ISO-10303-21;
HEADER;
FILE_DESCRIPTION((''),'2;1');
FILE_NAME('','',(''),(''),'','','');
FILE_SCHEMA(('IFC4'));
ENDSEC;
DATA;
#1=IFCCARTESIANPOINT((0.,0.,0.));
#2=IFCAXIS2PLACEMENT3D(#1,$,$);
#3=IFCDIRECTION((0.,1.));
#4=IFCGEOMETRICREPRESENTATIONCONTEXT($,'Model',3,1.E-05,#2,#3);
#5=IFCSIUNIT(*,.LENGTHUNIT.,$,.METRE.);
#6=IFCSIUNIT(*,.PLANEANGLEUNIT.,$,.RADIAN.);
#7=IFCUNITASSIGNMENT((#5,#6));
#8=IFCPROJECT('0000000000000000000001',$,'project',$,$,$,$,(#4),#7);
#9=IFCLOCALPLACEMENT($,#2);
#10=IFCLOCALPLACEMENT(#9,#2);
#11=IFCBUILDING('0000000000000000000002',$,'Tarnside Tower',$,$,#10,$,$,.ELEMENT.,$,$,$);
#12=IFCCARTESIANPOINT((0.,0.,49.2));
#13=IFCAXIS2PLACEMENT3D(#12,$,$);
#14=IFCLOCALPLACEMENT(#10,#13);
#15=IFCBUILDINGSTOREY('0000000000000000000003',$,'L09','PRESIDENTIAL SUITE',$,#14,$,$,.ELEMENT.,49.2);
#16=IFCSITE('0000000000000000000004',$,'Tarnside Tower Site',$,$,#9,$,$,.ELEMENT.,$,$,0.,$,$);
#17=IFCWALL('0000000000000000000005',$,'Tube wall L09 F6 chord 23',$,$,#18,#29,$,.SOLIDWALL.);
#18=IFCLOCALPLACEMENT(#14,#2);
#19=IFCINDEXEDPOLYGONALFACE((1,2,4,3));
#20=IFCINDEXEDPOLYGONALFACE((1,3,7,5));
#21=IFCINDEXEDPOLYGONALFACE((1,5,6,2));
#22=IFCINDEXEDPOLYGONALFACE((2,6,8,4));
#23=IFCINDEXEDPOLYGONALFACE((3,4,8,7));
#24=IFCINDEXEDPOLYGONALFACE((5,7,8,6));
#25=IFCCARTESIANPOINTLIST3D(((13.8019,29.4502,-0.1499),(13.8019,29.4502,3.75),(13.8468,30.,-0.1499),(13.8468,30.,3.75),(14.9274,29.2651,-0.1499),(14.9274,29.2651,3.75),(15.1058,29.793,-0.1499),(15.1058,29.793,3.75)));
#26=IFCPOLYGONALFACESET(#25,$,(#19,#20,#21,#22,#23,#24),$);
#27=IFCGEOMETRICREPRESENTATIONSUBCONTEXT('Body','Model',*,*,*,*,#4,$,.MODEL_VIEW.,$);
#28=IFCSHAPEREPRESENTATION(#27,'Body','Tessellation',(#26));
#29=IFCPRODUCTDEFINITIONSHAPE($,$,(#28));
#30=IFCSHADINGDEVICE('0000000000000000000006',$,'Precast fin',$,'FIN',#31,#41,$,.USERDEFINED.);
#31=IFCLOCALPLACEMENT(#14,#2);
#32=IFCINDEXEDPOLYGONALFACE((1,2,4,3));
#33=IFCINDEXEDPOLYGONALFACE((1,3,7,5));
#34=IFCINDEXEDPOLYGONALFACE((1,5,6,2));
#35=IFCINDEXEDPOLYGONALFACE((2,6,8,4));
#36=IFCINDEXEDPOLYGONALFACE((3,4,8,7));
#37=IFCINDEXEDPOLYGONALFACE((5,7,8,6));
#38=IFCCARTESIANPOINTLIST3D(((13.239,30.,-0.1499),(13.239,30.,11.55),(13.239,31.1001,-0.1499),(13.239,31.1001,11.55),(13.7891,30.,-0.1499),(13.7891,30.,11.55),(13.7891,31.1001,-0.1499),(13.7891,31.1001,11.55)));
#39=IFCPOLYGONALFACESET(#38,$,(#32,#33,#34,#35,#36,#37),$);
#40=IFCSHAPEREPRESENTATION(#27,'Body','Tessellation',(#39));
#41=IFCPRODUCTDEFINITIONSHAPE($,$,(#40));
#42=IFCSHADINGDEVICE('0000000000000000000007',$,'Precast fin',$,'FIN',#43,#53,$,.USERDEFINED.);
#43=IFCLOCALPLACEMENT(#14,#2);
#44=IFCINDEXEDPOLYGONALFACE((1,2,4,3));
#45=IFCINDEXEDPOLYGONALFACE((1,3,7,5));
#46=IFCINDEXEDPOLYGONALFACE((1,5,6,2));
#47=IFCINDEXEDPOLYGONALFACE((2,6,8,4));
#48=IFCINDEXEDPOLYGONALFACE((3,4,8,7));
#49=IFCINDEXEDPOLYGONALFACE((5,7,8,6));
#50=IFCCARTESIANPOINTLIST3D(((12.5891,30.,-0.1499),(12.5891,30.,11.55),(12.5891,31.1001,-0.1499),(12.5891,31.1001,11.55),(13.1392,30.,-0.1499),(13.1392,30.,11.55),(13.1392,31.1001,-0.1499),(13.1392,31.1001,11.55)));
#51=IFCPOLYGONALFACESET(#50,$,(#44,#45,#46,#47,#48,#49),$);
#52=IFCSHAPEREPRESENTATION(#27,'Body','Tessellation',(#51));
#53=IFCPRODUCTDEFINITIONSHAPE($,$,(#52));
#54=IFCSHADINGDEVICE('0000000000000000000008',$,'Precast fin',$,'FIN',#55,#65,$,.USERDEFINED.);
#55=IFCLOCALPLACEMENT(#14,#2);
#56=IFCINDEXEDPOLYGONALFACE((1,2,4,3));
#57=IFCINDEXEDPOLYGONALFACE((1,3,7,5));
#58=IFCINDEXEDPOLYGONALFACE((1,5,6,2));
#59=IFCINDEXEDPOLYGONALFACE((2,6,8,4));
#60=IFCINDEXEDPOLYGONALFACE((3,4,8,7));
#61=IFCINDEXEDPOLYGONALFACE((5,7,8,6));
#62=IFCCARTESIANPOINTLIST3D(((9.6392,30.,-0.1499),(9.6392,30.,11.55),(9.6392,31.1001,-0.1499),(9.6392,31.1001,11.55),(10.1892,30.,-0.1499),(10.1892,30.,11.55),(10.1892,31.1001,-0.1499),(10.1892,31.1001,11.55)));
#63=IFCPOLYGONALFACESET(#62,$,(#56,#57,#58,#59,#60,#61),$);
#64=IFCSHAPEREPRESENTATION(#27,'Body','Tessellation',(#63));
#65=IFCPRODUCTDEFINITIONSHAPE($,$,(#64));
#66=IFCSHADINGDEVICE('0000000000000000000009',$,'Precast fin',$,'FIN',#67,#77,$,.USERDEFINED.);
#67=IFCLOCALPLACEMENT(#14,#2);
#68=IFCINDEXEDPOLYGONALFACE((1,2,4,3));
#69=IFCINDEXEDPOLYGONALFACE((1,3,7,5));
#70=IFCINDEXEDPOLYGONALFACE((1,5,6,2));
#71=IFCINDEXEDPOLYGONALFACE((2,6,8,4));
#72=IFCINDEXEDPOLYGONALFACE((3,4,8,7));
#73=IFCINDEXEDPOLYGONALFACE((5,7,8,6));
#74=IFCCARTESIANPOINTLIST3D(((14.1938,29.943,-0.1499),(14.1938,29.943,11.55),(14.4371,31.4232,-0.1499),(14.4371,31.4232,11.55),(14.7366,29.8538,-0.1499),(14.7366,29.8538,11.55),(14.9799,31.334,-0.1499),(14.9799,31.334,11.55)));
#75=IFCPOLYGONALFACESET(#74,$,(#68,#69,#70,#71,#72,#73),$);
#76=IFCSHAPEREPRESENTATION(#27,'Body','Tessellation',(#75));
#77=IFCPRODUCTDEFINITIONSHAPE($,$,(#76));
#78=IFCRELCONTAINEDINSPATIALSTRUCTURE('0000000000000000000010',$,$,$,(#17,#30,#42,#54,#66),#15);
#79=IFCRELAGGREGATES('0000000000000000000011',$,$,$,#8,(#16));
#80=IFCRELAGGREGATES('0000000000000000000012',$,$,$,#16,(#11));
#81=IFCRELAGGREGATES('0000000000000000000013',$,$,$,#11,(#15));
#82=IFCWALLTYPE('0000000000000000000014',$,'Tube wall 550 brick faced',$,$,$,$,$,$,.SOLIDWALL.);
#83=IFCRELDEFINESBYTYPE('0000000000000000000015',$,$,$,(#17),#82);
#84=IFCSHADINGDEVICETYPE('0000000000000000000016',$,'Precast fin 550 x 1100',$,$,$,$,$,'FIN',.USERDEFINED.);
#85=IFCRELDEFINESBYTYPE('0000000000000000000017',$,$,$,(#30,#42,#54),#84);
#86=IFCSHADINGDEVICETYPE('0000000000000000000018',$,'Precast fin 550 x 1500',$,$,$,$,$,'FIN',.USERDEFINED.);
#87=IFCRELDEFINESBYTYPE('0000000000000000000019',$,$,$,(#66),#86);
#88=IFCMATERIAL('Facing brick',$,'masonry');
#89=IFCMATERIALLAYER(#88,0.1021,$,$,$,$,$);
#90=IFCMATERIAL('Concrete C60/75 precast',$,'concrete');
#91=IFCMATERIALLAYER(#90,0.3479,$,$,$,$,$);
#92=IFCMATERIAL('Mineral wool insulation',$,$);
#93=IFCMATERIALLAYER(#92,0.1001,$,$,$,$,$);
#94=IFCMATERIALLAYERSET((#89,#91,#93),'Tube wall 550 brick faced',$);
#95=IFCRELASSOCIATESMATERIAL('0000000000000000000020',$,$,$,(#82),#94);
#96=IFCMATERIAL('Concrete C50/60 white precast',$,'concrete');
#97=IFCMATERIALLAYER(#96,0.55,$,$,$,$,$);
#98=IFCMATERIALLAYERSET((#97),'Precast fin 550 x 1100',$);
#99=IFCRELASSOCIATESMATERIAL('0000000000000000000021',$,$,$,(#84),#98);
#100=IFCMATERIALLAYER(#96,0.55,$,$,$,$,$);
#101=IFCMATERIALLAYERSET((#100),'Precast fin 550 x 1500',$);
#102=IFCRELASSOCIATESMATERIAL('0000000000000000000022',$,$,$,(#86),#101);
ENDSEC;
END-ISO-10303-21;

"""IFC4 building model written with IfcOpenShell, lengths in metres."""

from ifc_helpers import new_model, si_unit, direction, frame, origin, place, context, subcontext, project, spatial, polyline, outline, extrude, material, layer, layer_set, type_object, element, save


model = new_model("IFC4")

# Units and contexts
model_context = context("Model", 3, precision=1e-05, world=origin(), true_north=direction((0.0, 1.0)))
body_context = subcontext(model_context, "Body", "Model", "MODEL_VIEW")
ifc_project = project(units=[si_unit("LENGTHUNIT", "METRE"), si_unit("PLANEANGLEUNIT", "RADIAN")], contexts=[model_context])

# Site, building, storey
site_placement = place(None, origin())
site = spatial("IfcSite", under=ifc_project, at=site_placement, Name="Tarnside Tower Site", CompositionType="ELEMENT", RefElevation=0.0)
building_placement = place(site_placement, origin())
building = spatial("IfcBuilding", under=site, at=building_placement, Name="Tarnside Tower", CompositionType="ELEMENT")
storey_placement = place(building_placement, frame((0.0, 0.0, 49.2)))
storey = spatial("IfcBuildingStorey", under=building, at=storey_placement, Name="L09", Description="PRESIDENTIAL SUITE", CompositionType="ELEMENT", Elevation=49.2)

# Shared definitions
ifc_material_1 = material(Name="Facing brick", Category="masonry")
ifc_layer_1 = layer(ifc_material_1, 0.1021)
ifc_material_2 = material(Name="Concrete C60/75 precast", Category="concrete")
ifc_layer_2 = layer(ifc_material_2, 0.3479)
ifc_material_3 = material(Name="Mineral wool insulation")
ifc_layer_3 = layer(ifc_material_3, 0.1001)
ifc_layer_set_1 = layer_set([ifc_layer_1, ifc_layer_2, ifc_layer_3], Name="Tube wall 550 brick faced")
wall_type_1 = type_object("IfcWallType", Name="Tube wall 550 brick faced", PredefinedType="SOLIDWALL", material=ifc_layer_set_1)

# Wall
wall_1_placement = place(storey_placement, frame((15.0166, 29.5291, -0.1499), z_axis=(0.0, 0.0, 1.0), x_axis=(-0.986747, 0.162269, 0.0)))
element("IfcWall", 1, at=wall_1_placement, inside=storey, type_object=wall_type_1, Name="Tube wall L09 F6 chord 23", PredefinedType="SOLIDWALL", context=body_context, shape_type="SweptSolid", body=[
    extrude(outline(polyline([(-0.0452, -0.2749), (1.2307, -0.2749), (1.1858, 0.2749), (0.0452, 0.2749), (-0.0452, -0.2749)])), origin(), (0.0, 0.0, 1.0), 3.8999),
])

# Shading devices
ifc_material_4 = material(Name="Concrete C50/60 white precast", Category="concrete")
ifc_layer_4 = layer(ifc_material_4, 0.55)
ifc_layer_set_2 = layer_set([ifc_layer_4], Name="Precast fin 550 x 1100")
shading_device_type_1 = type_object("IfcShadingDeviceType", Name="Precast fin 550 x 1100", ElementType="FIN", PredefinedType="USERDEFINED", material=ifc_layer_set_2)
for number, where, z_axis, x_axis, name in (
    (2, (13.5139, 30.0, -0.1499), (1.0, 0.0, 0.0), (0.0, 1.0, 0.0), "Precast fin"),
    (3, (12.864, 30.0, -0.1499), (1.0, 0.0, 0.0), (0.0, 1.0, 0.0), "Precast fin"),
    (4, (9.9141, 30.0, -0.1499), (1.0, 0.0, 0.0), (0.0, 1.0, 0.0), "Precast fin"),
):
    element("IfcShadingDevice", number, at=place(storey_placement, frame(where, z_axis=z_axis, x_axis=x_axis)), inside=storey, type_object=shading_device_type_1, Name=name, ObjectType="FIN", PredefinedType="USERDEFINED", context=body_context, shape_type="SweptSolid", body=[
        extrude(outline(polyline([(0.0, 0.0), (1.1001, 0.0), (1.1001, 11.7), (0.0, 11.7), (0.0, 0.0)])), frame((0.0, 0.0, -0.2749)), (0.0, 0.0, 1.0), 0.55),
    ])
ifc_layer_5 = layer(ifc_material_4, 0.55)
ifc_layer_set_3 = layer_set([ifc_layer_5], Name="Precast fin 550 x 1500")
shading_device_type_2 = type_object("IfcShadingDeviceType", Name="Precast fin 550 x 1500", ElementType="FIN", PredefinedType="USERDEFINED", material=ifc_layer_set_3)
shading_device_placement = place(storey_placement, frame((14.4651, 29.8984, -0.1499), z_axis=(0.986762, -0.162178, 0.0), x_axis=(0.162178, 0.986762, 0.0)))
element("IfcShadingDevice", 5, at=shading_device_placement, inside=storey, type_object=shading_device_type_2, Name="Precast fin", ObjectType="FIN", PredefinedType="USERDEFINED", context=body_context, shape_type="SweptSolid", body=[
    extrude(outline(polyline([(0.0, 0.0), (1.5, 0.0), (1.5, 11.7), (0.0, 11.7), (0.0, 0.0)])), frame((0.0, 0.0, -0.2749)), (0.0, 0.0, 1.0), 0.55),
])

save(model, "model.ifc")
